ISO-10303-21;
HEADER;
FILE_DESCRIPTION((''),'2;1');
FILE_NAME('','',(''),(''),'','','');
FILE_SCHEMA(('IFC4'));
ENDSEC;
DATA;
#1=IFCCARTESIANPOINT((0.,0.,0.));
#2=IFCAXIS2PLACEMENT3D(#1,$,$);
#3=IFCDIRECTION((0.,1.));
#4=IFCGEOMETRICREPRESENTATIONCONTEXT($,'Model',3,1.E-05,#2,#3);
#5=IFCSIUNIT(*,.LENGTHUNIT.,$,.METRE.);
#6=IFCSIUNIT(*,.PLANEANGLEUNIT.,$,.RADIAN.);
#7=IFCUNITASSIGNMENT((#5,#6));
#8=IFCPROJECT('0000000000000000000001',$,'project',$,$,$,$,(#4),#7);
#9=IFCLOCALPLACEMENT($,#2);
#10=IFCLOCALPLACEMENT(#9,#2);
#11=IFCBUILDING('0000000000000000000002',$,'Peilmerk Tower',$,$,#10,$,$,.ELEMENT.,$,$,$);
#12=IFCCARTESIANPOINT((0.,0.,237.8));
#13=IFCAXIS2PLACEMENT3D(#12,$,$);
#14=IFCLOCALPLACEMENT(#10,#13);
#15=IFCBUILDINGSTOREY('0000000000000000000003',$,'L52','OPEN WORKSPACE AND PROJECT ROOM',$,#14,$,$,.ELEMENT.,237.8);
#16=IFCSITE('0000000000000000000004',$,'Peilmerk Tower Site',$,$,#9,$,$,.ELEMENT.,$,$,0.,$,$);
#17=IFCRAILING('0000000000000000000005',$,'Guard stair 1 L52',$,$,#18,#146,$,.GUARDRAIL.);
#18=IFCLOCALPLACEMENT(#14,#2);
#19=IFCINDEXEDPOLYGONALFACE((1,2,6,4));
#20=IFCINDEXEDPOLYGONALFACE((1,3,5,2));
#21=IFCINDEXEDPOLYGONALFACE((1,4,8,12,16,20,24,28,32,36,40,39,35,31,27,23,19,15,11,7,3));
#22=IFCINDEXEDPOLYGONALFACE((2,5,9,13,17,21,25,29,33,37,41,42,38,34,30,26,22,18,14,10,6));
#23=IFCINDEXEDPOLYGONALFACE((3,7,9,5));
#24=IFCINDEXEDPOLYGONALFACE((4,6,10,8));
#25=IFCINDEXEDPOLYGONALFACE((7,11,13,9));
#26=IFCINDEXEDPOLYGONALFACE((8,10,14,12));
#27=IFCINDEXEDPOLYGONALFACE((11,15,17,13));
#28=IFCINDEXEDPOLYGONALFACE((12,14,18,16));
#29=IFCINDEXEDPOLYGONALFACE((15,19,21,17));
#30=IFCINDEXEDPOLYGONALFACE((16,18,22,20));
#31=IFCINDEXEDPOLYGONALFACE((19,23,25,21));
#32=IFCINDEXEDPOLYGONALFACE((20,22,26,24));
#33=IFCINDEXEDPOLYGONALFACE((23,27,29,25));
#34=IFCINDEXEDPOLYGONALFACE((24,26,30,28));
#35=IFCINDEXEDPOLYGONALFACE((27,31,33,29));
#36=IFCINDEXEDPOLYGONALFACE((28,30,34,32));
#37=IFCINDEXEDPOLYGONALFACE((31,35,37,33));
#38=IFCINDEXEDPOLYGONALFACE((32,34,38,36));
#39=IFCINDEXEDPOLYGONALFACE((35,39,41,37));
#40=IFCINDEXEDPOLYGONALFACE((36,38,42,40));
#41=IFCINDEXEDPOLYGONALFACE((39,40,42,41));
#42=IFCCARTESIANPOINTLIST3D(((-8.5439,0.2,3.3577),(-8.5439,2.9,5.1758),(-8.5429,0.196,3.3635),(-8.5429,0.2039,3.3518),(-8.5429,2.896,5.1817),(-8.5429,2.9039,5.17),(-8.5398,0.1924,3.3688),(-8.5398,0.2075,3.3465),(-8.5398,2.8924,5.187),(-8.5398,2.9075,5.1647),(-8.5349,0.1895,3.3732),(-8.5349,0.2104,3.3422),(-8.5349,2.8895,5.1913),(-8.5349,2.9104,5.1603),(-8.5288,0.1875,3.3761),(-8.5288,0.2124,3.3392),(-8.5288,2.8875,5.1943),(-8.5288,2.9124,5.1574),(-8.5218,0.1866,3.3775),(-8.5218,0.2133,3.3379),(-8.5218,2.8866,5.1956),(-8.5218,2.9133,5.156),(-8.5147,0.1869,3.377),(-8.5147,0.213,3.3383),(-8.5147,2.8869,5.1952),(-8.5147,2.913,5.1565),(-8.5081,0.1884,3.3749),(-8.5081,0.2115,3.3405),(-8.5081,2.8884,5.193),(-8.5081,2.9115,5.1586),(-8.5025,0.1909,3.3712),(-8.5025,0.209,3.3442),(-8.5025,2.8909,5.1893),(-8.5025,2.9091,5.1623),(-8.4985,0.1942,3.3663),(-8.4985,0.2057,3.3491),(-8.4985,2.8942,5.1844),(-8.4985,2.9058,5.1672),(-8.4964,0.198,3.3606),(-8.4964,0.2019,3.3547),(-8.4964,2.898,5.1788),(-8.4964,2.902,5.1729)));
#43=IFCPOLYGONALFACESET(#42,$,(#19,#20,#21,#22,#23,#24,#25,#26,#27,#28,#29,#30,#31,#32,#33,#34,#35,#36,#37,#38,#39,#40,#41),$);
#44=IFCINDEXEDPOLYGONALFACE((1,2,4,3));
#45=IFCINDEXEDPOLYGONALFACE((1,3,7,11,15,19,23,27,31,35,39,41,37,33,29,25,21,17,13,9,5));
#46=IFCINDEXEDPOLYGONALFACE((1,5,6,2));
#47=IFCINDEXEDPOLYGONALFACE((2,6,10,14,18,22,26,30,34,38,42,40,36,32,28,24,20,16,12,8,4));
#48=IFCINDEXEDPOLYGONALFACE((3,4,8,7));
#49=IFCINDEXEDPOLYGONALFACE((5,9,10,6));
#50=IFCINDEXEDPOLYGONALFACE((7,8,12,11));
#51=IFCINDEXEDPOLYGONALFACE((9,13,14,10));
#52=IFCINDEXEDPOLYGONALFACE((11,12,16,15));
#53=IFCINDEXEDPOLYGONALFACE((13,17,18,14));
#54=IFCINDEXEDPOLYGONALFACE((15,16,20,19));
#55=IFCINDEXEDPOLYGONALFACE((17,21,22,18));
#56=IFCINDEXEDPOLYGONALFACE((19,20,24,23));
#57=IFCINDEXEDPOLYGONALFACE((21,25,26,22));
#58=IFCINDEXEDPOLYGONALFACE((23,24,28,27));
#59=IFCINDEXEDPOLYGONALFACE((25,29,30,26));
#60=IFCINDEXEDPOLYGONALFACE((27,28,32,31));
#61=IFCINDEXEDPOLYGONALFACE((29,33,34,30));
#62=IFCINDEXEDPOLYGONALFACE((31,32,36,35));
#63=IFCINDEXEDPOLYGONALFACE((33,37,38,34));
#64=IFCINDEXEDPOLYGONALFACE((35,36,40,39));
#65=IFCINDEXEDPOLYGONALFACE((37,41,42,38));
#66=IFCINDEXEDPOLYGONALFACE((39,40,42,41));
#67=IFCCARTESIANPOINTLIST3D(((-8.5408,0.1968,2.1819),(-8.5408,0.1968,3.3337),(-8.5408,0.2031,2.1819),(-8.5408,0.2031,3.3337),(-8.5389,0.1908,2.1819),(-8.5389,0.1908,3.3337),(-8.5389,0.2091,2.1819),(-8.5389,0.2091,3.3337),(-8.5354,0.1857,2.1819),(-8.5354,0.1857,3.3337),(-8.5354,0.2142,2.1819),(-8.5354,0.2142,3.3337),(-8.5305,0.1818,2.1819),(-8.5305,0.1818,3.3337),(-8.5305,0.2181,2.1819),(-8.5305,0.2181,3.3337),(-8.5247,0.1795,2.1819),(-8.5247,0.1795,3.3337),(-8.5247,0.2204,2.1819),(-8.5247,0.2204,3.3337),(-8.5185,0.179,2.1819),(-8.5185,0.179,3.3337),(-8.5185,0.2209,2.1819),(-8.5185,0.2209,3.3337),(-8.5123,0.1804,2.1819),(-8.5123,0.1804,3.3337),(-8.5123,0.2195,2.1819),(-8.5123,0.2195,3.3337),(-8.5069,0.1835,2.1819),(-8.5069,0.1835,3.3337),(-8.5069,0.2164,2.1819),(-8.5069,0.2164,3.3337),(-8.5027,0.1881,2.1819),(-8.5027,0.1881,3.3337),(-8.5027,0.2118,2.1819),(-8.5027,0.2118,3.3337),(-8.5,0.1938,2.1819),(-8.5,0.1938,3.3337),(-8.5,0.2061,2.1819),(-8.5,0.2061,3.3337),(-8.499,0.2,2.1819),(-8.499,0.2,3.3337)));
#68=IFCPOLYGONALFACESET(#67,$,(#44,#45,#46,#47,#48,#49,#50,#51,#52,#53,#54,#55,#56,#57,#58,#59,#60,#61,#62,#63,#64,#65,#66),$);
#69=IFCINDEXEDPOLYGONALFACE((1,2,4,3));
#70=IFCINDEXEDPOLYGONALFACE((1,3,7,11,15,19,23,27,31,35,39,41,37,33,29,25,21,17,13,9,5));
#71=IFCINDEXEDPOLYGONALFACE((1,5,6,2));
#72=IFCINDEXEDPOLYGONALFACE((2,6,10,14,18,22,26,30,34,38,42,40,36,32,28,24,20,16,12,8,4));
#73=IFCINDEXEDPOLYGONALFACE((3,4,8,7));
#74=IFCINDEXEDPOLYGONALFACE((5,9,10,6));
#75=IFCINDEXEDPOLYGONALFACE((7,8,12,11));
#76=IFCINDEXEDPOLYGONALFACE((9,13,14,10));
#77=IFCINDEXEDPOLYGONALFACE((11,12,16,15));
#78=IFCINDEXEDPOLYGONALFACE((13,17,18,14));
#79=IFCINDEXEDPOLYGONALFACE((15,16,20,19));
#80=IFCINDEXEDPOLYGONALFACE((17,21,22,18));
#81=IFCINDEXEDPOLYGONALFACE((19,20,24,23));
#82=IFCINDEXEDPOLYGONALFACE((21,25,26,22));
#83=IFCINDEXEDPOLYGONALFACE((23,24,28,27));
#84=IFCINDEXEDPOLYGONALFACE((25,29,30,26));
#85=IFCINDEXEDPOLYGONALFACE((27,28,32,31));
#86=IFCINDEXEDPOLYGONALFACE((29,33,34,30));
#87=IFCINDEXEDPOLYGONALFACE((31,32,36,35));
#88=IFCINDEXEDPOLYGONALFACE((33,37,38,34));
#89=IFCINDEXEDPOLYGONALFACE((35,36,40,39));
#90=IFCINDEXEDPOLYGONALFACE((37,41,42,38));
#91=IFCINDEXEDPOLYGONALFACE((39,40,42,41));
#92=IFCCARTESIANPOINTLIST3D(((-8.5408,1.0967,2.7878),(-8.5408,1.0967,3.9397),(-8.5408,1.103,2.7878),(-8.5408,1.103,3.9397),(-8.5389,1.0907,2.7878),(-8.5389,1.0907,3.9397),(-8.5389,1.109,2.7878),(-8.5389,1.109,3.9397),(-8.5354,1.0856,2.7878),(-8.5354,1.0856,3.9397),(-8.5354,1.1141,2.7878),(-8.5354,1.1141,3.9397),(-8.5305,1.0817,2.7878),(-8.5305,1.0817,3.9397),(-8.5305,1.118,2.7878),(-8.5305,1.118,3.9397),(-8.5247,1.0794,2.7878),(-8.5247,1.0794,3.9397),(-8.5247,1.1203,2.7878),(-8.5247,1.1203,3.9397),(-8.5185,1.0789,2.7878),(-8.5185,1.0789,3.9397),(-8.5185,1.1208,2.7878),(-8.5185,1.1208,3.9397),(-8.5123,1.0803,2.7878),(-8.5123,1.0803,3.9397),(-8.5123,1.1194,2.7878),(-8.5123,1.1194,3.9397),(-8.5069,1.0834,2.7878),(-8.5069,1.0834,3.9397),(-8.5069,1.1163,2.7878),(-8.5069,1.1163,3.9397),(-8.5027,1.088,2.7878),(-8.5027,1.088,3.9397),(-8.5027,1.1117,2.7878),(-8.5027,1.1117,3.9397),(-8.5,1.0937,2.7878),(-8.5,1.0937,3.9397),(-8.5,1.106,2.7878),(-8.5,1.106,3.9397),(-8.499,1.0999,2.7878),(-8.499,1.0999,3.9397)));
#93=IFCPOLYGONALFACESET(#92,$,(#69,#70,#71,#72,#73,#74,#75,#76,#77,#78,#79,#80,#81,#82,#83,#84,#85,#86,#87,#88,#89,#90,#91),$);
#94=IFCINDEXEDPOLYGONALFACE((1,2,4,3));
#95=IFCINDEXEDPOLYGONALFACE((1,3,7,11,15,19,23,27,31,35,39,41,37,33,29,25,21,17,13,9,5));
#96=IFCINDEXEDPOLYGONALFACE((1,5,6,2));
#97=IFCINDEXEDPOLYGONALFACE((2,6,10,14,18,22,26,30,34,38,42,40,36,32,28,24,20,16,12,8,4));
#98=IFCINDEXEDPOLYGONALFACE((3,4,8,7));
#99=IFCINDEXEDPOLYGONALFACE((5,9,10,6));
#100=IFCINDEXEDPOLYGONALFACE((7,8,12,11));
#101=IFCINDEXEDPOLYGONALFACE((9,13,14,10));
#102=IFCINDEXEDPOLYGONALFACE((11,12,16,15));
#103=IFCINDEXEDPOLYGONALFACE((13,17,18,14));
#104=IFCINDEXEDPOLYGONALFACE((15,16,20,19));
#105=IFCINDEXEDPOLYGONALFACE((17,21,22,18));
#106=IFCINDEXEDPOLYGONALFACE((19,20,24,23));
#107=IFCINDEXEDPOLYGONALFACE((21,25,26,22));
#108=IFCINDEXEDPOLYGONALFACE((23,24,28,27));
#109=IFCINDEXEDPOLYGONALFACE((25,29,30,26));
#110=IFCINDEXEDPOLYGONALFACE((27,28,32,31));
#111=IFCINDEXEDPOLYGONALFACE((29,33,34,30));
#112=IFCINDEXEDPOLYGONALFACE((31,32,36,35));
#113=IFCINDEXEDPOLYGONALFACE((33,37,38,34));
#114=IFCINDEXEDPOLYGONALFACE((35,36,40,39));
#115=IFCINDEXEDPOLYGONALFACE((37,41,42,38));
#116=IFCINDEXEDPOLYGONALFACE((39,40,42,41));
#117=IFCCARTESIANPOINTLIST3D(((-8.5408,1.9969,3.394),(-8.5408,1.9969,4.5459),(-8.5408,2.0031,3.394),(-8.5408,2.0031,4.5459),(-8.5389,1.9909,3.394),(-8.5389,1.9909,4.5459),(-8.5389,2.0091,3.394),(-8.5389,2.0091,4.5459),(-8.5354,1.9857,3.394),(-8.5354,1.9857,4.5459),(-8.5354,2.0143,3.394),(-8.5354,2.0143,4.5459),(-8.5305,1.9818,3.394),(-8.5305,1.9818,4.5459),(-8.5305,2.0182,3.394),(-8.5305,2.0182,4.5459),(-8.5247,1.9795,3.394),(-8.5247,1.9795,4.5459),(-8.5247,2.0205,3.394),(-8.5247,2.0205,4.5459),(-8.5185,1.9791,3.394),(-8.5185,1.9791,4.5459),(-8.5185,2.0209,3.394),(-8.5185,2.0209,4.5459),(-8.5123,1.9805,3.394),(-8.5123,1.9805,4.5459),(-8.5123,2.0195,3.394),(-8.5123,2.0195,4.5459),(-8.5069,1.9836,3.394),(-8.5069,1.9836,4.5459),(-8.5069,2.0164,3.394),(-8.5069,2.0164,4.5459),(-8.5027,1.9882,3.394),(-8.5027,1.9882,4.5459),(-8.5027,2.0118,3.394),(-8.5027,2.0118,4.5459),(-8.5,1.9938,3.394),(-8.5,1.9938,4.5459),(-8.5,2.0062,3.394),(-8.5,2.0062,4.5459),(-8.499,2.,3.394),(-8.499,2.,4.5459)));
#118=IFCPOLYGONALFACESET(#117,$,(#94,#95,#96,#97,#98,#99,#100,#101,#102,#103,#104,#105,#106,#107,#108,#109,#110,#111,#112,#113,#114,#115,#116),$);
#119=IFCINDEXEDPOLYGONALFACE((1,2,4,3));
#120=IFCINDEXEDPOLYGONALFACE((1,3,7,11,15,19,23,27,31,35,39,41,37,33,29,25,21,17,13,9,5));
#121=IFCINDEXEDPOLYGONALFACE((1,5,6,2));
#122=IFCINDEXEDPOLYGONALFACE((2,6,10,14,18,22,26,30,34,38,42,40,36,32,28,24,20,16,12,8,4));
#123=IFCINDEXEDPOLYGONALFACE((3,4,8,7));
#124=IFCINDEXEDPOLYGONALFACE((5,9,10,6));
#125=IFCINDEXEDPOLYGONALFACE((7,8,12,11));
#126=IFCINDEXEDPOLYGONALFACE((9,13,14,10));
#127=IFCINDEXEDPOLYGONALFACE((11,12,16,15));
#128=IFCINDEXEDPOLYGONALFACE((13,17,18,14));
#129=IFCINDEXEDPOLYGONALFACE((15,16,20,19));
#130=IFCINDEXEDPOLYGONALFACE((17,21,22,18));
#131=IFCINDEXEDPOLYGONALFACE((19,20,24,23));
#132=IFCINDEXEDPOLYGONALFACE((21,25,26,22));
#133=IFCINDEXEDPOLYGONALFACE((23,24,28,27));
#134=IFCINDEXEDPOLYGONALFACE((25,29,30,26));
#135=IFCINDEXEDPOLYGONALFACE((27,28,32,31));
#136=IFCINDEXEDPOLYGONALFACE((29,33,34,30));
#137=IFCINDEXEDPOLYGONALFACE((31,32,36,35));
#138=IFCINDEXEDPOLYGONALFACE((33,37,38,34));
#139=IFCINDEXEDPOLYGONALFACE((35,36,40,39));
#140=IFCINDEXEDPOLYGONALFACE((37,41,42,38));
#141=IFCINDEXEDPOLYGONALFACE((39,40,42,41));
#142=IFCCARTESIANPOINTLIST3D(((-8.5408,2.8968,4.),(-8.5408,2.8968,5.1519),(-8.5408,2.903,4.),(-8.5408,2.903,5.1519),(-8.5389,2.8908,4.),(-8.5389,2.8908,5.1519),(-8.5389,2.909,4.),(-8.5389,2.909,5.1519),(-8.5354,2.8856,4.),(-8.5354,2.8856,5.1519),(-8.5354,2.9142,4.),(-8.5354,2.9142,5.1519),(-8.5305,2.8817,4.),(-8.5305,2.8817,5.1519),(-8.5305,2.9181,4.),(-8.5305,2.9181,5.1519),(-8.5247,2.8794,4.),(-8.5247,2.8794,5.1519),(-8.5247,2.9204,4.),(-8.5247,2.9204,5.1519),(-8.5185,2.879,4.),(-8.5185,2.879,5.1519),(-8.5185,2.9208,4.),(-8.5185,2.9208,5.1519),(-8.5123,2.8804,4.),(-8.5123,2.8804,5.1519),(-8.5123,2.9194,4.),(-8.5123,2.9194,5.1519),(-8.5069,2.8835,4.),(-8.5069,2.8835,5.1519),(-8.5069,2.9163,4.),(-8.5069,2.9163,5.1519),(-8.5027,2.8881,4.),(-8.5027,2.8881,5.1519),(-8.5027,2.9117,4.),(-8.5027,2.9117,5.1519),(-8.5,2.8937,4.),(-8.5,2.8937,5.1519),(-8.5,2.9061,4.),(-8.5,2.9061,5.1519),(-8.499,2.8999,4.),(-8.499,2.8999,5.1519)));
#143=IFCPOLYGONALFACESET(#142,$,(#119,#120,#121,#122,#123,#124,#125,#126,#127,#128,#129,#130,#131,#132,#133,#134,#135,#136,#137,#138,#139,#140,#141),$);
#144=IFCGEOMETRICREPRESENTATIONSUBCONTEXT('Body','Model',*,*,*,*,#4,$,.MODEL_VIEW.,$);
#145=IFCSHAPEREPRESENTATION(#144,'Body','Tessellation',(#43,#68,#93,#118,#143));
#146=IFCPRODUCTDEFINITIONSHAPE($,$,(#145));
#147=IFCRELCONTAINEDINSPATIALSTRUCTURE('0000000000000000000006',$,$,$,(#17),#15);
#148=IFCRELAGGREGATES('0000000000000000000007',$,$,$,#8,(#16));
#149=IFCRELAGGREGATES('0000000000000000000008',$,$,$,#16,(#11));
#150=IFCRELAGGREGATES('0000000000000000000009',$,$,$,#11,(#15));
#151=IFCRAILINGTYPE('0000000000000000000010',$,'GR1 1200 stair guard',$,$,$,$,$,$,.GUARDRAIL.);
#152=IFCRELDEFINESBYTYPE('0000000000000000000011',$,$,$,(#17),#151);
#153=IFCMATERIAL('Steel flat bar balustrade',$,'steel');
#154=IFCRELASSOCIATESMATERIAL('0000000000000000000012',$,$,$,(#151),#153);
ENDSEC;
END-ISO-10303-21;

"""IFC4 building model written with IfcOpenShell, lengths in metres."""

from ifc_helpers import new_model, si_unit, direction, frame, origin, origin_2d, place, context, subcontext, project, spatial, circle, extrude, material, type_object, element, save


model = new_model("IFC4")

# Units and contexts
model_context = context("Model", 3, precision=1e-05, world=origin(), true_north=direction((0.0, 1.0)))
body_context = subcontext(model_context, "Body", "Model", "MODEL_VIEW")
ifc_project = project(units=[si_unit("LENGTHUNIT", "METRE"), si_unit("PLANEANGLEUNIT", "RADIAN")], contexts=[model_context])

# Site, building, storey
site_placement = place(None, origin())
site = spatial("IfcSite", under=ifc_project, at=site_placement, Name="Peilmerk Tower Site", CompositionType="ELEMENT", RefElevation=0.0)
building_placement = place(site_placement, origin())
building = spatial("IfcBuilding", under=site, at=building_placement, Name="Peilmerk Tower", CompositionType="ELEMENT")
storey_placement = place(building_placement, frame((0.0, 0.0, 237.8)))
storey = spatial("IfcBuildingStorey", under=building, at=storey_placement, Name="L52", Description="OPEN WORKSPACE AND PROJECT ROOM", CompositionType="ELEMENT", Elevation=237.8)

# Railing
ifc_material_1 = material(Name="Steel flat bar balustrade", Category="steel")
railing_type_1 = type_object("IfcRailingType", Name="GR1 1200 stair guard", PredefinedType="GUARDRAIL", material=ifc_material_1)
railing_1_placement = place(storey_placement, frame((-8.52, 0.2, 2.1819)))
element("IfcRailing", 1, at=railing_1_placement, inside=storey, type_object=railing_type_1, Name="Guard stair 1 L52", PredefinedType="GUARDRAIL", context=body_context, shape_type="SweptSolid", body=[
    extrude(circle(Radius=0.0239, at=origin_2d()), frame((0.0, 0.0, 1.1758), z_axis=(0.0, 0.829468, 0.558554), x_axis=(-1.0, 0.0, 0.0)), (0.0, 0.0, 1.0), 3.2551),
    extrude(circle(Radius=0.021, at=origin_2d()), origin(), (0.0, 0.0, 1.0), 1.1519),
    extrude(circle(Radius=0.021, at=origin_2d()), frame((0.0, 0.8999, 0.606)), (0.0, 0.0, 1.0), 1.1519),
    extrude(circle(Radius=0.021, at=origin_2d()), frame((0.0, 1.8, 1.2122)), (0.0, 0.0, 1.0), 1.1519),
    extrude(circle(Radius=0.021, at=origin_2d()), frame((0.0, 2.7, 1.8181)), (0.0, 0.0, 1.0), 1.1519),
])

save(model, "model.ifc")
